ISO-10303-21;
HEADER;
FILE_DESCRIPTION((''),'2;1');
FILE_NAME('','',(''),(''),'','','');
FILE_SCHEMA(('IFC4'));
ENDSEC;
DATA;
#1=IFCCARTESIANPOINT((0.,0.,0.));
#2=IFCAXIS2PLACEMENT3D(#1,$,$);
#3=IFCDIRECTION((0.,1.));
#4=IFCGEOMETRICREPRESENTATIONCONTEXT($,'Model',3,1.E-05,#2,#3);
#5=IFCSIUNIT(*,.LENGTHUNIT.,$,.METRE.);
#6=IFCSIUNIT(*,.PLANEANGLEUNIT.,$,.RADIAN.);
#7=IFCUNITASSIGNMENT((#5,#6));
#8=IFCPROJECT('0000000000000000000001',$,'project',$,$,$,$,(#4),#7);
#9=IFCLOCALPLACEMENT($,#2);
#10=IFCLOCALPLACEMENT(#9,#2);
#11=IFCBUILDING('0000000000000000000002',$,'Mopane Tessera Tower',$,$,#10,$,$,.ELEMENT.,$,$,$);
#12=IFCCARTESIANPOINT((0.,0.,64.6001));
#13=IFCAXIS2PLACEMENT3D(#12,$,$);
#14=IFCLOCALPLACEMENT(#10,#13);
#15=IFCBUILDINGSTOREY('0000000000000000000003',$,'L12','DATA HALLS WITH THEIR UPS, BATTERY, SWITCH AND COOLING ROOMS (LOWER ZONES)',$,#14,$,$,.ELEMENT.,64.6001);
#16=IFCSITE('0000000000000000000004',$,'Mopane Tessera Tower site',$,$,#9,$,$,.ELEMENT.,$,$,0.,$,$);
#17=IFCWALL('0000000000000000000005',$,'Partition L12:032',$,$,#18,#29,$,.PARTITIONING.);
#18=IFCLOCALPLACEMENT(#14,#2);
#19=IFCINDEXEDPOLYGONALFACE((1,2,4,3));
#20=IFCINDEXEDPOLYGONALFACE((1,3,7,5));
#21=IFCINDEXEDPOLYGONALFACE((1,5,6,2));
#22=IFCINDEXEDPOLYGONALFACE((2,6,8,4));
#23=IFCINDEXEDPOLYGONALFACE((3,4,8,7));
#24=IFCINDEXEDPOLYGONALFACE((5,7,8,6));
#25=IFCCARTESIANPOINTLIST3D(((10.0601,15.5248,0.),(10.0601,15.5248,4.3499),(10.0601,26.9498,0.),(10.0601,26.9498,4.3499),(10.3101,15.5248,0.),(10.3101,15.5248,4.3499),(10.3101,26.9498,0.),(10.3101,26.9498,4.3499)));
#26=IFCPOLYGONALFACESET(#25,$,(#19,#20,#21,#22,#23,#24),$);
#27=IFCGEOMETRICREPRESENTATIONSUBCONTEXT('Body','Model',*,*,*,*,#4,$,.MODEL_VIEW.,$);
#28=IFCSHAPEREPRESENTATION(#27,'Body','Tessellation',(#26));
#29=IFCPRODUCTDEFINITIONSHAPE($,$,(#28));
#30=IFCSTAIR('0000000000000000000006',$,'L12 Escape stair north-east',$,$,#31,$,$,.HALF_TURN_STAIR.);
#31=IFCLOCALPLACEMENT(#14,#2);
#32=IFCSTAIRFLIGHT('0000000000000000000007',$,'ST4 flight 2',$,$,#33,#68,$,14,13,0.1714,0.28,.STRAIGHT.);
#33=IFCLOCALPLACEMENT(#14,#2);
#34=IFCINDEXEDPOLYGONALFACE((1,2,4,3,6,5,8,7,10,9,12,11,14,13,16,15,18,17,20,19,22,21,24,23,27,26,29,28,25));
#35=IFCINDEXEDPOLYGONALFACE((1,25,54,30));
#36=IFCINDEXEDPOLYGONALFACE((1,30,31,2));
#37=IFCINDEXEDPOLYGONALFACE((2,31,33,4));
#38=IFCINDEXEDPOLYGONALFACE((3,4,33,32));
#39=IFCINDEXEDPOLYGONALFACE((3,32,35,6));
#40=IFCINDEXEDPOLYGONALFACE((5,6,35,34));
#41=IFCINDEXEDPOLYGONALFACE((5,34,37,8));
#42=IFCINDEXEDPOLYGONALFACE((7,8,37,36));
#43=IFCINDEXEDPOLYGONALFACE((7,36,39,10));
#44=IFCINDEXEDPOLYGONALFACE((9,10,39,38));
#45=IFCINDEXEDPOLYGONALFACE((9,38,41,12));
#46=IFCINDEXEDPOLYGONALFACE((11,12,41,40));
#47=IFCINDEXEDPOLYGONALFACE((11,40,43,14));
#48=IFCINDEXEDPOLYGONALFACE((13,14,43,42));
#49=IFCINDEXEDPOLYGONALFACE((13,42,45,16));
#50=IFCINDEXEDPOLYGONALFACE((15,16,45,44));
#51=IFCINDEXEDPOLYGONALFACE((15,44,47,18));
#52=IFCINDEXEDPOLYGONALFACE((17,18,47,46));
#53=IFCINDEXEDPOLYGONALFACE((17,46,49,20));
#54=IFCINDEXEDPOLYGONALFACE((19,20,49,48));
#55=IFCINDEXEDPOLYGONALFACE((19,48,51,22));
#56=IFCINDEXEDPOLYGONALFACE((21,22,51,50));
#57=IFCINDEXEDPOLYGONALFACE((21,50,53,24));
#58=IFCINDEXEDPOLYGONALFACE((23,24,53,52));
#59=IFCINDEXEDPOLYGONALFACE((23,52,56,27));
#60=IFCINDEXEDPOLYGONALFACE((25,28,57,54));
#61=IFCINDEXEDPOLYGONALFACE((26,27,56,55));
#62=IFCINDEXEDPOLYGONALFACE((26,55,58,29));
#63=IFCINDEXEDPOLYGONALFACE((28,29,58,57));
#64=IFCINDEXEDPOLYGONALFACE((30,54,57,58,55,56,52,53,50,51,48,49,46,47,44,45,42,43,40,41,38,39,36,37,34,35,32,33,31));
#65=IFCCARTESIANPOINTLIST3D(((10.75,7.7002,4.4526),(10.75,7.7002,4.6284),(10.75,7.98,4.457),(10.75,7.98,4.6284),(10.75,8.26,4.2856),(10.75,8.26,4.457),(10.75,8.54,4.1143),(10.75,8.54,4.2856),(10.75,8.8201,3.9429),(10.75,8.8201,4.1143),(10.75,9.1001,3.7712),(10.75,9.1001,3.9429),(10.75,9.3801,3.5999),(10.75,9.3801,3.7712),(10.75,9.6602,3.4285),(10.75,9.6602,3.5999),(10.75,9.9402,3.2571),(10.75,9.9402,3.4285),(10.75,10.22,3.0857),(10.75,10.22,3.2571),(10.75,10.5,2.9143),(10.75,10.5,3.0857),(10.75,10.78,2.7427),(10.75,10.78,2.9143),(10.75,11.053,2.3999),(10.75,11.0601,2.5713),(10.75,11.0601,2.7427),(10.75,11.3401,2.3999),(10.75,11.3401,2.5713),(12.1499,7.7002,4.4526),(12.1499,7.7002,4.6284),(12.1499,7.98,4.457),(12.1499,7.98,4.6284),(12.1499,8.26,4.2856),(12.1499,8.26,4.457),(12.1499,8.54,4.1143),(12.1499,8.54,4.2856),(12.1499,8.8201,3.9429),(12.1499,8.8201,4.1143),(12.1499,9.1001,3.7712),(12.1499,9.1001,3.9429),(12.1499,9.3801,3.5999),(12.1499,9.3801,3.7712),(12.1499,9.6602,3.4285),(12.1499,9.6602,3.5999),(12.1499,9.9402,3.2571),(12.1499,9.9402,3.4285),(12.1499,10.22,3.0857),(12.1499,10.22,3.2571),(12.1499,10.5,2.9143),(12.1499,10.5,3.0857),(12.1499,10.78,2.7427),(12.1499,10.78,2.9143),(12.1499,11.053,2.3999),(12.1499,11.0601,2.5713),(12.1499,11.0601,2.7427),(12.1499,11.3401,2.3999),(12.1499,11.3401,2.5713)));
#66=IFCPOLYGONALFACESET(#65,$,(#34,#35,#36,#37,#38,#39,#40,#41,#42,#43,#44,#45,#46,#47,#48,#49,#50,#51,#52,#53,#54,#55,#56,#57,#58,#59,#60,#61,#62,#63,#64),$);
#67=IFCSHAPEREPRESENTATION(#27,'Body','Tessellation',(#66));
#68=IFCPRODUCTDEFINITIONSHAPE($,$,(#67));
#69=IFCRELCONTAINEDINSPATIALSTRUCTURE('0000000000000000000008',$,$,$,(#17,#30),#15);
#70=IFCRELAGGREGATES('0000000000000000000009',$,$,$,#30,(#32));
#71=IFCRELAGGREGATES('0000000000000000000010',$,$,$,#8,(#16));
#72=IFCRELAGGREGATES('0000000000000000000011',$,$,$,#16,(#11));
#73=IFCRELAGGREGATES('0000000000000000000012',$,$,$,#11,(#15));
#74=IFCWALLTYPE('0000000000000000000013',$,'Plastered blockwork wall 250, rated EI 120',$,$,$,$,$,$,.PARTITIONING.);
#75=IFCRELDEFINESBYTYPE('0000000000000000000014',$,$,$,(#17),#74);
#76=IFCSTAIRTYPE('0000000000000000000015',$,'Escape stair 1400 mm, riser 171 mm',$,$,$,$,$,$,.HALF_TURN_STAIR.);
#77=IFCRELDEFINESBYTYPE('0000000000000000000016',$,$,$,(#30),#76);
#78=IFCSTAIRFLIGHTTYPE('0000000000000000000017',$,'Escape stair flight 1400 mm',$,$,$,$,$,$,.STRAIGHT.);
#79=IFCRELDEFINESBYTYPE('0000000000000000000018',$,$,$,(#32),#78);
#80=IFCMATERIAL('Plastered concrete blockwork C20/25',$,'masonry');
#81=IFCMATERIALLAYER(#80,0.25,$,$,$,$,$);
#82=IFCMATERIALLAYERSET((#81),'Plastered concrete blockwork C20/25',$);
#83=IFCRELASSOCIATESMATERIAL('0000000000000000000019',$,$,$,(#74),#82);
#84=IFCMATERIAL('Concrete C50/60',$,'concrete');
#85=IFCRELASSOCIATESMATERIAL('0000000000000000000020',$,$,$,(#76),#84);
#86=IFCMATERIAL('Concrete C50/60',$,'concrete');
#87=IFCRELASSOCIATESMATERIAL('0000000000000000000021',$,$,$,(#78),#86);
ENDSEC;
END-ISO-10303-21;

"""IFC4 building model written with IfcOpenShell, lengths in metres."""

from ifc_helpers import new_model, si_unit, direction, frame, frame_2d, origin, place, context, subcontext, project, spatial, polyline, rectangle, outline, extrude, material, layer, layer_set, type_object, element, aggregate, save


model = new_model("IFC4")

# Units and contexts
model_context = context("Model", 3, precision=1e-05, world=origin(), true_north=direction((0.0, 1.0)))
body_context = subcontext(model_context, "Body", "Model", "MODEL_VIEW")
ifc_project = project(units=[si_unit("LENGTHUNIT", "METRE"), si_unit("PLANEANGLEUNIT", "RADIAN")], contexts=[model_context])

# Site, building, storey
site_placement = place(None, origin())
site = spatial("IfcSite", under=ifc_project, at=site_placement, Name="Mopane Tessera Tower site", CompositionType="ELEMENT", RefElevation=0.0)
building_placement = place(site_placement, origin())
building = spatial("IfcBuilding", under=site, at=building_placement, Name="Mopane Tessera Tower", CompositionType="ELEMENT")
storey_placement = place(building_placement, frame((0.0, 0.0, 64.6001)))
storey = spatial("IfcBuildingStorey", under=building, at=storey_placement, Name="L12", Description="DATA HALLS WITH THEIR UPS, BATTERY, SWITCH AND COOLING ROOMS (LOWER ZONES)", CompositionType="ELEMENT", Elevation=64.6001)

# Shared definitions
ifc_material_1 = material(Name="Plastered concrete blockwork C20/25", Category="masonry")
ifc_layer_1 = layer(ifc_material_1, 0.25)
ifc_layer_set_1 = layer_set([ifc_layer_1], Name="Plastered concrete blockwork C20/25")
wall_type_1 = type_object("IfcWallType", Name="Plastered blockwork wall 250, rated EI 120", PredefinedType="PARTITIONING", material=ifc_layer_set_1)

# Wall
wall_1_placement = place(storey_placement, frame((10.1851, 15.5249, 0.0), z_axis=(0.0, 0.0, 1.0), x_axis=(0.0, 1.0, 0.0)))
element("IfcWall", 1, at=wall_1_placement, inside=storey, type_object=wall_type_1, Name="Partition L12:032", PredefinedType="PARTITIONING", context=body_context, shape_type="SweptSolid", body=[
    extrude(rectangle(XDim=11.425, YDim=0.25, at=frame_2d((5.7124, 0.0))), origin(), (0.0, 0.0, 1.0), 4.3499),
])

# Stair, stair flight
ifc_material_2 = material(Name="Concrete C50/60", Category="concrete")
stair_type = type_object("IfcStairType", Name="Escape stair 1400 mm, riser 171 mm", PredefinedType="HALF_TURN_STAIR", material=ifc_material_2)
stair_placement = place(storey_placement, origin())
stair = element("IfcStair", 2, at=stair_placement, inside=storey, type_object=stair_type, Name="L12 Escape stair north-east", PredefinedType="HALF_TURN_STAIR")
ifc_material_3 = material(Name="Concrete C50/60", Category="concrete")
stair_flight_type = type_object("IfcStairFlightType", Name="Escape stair flight 1400 mm", PredefinedType="STRAIGHT", material=ifc_material_3)
stair_flight_placement = place(storey_placement, frame((11.45, 11.3401, 2.3999), z_axis=(0.0, 0.0, 1.0), x_axis=(0.0, -1.0, 0.0)))
stair_flight = element("IfcStairFlight", 3, at=stair_flight_placement, type_object=stair_flight_type, Name="ST4 flight 2", NumberOfRisers=14, NumberOfTreads=13, PredefinedType="STRAIGHT", RiserHeight=0.1714, TreadLength=0.28, context=body_context, shape_type="SweptSolid", body=[
    extrude(outline(polyline([(0.0, 0.0), (0.0, 0.1714), (0.28, 0.1714), (0.28, 0.3428), (0.5601, 0.3428), (0.5601, 0.5144), (0.8401, 0.5144), (0.8401, 0.6858), (1.1201, 0.6858), (1.1201, 0.8572), (1.3999, 0.8572), (1.3999, 1.0286), (1.6799, 1.0286), (1.6799, 1.2), (1.96, 1.2), (1.96, 1.3713), (2.24, 1.3713), (2.24, 1.543), (2.52, 1.543), (2.52, 1.7144), (2.8, 1.7144), (2.8, 1.8857), (3.0801, 1.8857), (3.0801, 2.0571), (3.3601, 2.0571), (3.3601, 2.2285), (3.6399, 2.2285), (3.6399, 2.3999), (3.6399, 2.0527), (0.2871, 0.0), (0.0, 0.0)])), frame((0.0, 0.7, 0.0), z_axis=(0.0, -1.0, 0.0), x_axis=(1.0, 0.0, 0.0)), (0.0, 0.0, 1.0), 1.3999),
])
aggregate(stair, [stair_flight])

save(model, "model.ifc")
